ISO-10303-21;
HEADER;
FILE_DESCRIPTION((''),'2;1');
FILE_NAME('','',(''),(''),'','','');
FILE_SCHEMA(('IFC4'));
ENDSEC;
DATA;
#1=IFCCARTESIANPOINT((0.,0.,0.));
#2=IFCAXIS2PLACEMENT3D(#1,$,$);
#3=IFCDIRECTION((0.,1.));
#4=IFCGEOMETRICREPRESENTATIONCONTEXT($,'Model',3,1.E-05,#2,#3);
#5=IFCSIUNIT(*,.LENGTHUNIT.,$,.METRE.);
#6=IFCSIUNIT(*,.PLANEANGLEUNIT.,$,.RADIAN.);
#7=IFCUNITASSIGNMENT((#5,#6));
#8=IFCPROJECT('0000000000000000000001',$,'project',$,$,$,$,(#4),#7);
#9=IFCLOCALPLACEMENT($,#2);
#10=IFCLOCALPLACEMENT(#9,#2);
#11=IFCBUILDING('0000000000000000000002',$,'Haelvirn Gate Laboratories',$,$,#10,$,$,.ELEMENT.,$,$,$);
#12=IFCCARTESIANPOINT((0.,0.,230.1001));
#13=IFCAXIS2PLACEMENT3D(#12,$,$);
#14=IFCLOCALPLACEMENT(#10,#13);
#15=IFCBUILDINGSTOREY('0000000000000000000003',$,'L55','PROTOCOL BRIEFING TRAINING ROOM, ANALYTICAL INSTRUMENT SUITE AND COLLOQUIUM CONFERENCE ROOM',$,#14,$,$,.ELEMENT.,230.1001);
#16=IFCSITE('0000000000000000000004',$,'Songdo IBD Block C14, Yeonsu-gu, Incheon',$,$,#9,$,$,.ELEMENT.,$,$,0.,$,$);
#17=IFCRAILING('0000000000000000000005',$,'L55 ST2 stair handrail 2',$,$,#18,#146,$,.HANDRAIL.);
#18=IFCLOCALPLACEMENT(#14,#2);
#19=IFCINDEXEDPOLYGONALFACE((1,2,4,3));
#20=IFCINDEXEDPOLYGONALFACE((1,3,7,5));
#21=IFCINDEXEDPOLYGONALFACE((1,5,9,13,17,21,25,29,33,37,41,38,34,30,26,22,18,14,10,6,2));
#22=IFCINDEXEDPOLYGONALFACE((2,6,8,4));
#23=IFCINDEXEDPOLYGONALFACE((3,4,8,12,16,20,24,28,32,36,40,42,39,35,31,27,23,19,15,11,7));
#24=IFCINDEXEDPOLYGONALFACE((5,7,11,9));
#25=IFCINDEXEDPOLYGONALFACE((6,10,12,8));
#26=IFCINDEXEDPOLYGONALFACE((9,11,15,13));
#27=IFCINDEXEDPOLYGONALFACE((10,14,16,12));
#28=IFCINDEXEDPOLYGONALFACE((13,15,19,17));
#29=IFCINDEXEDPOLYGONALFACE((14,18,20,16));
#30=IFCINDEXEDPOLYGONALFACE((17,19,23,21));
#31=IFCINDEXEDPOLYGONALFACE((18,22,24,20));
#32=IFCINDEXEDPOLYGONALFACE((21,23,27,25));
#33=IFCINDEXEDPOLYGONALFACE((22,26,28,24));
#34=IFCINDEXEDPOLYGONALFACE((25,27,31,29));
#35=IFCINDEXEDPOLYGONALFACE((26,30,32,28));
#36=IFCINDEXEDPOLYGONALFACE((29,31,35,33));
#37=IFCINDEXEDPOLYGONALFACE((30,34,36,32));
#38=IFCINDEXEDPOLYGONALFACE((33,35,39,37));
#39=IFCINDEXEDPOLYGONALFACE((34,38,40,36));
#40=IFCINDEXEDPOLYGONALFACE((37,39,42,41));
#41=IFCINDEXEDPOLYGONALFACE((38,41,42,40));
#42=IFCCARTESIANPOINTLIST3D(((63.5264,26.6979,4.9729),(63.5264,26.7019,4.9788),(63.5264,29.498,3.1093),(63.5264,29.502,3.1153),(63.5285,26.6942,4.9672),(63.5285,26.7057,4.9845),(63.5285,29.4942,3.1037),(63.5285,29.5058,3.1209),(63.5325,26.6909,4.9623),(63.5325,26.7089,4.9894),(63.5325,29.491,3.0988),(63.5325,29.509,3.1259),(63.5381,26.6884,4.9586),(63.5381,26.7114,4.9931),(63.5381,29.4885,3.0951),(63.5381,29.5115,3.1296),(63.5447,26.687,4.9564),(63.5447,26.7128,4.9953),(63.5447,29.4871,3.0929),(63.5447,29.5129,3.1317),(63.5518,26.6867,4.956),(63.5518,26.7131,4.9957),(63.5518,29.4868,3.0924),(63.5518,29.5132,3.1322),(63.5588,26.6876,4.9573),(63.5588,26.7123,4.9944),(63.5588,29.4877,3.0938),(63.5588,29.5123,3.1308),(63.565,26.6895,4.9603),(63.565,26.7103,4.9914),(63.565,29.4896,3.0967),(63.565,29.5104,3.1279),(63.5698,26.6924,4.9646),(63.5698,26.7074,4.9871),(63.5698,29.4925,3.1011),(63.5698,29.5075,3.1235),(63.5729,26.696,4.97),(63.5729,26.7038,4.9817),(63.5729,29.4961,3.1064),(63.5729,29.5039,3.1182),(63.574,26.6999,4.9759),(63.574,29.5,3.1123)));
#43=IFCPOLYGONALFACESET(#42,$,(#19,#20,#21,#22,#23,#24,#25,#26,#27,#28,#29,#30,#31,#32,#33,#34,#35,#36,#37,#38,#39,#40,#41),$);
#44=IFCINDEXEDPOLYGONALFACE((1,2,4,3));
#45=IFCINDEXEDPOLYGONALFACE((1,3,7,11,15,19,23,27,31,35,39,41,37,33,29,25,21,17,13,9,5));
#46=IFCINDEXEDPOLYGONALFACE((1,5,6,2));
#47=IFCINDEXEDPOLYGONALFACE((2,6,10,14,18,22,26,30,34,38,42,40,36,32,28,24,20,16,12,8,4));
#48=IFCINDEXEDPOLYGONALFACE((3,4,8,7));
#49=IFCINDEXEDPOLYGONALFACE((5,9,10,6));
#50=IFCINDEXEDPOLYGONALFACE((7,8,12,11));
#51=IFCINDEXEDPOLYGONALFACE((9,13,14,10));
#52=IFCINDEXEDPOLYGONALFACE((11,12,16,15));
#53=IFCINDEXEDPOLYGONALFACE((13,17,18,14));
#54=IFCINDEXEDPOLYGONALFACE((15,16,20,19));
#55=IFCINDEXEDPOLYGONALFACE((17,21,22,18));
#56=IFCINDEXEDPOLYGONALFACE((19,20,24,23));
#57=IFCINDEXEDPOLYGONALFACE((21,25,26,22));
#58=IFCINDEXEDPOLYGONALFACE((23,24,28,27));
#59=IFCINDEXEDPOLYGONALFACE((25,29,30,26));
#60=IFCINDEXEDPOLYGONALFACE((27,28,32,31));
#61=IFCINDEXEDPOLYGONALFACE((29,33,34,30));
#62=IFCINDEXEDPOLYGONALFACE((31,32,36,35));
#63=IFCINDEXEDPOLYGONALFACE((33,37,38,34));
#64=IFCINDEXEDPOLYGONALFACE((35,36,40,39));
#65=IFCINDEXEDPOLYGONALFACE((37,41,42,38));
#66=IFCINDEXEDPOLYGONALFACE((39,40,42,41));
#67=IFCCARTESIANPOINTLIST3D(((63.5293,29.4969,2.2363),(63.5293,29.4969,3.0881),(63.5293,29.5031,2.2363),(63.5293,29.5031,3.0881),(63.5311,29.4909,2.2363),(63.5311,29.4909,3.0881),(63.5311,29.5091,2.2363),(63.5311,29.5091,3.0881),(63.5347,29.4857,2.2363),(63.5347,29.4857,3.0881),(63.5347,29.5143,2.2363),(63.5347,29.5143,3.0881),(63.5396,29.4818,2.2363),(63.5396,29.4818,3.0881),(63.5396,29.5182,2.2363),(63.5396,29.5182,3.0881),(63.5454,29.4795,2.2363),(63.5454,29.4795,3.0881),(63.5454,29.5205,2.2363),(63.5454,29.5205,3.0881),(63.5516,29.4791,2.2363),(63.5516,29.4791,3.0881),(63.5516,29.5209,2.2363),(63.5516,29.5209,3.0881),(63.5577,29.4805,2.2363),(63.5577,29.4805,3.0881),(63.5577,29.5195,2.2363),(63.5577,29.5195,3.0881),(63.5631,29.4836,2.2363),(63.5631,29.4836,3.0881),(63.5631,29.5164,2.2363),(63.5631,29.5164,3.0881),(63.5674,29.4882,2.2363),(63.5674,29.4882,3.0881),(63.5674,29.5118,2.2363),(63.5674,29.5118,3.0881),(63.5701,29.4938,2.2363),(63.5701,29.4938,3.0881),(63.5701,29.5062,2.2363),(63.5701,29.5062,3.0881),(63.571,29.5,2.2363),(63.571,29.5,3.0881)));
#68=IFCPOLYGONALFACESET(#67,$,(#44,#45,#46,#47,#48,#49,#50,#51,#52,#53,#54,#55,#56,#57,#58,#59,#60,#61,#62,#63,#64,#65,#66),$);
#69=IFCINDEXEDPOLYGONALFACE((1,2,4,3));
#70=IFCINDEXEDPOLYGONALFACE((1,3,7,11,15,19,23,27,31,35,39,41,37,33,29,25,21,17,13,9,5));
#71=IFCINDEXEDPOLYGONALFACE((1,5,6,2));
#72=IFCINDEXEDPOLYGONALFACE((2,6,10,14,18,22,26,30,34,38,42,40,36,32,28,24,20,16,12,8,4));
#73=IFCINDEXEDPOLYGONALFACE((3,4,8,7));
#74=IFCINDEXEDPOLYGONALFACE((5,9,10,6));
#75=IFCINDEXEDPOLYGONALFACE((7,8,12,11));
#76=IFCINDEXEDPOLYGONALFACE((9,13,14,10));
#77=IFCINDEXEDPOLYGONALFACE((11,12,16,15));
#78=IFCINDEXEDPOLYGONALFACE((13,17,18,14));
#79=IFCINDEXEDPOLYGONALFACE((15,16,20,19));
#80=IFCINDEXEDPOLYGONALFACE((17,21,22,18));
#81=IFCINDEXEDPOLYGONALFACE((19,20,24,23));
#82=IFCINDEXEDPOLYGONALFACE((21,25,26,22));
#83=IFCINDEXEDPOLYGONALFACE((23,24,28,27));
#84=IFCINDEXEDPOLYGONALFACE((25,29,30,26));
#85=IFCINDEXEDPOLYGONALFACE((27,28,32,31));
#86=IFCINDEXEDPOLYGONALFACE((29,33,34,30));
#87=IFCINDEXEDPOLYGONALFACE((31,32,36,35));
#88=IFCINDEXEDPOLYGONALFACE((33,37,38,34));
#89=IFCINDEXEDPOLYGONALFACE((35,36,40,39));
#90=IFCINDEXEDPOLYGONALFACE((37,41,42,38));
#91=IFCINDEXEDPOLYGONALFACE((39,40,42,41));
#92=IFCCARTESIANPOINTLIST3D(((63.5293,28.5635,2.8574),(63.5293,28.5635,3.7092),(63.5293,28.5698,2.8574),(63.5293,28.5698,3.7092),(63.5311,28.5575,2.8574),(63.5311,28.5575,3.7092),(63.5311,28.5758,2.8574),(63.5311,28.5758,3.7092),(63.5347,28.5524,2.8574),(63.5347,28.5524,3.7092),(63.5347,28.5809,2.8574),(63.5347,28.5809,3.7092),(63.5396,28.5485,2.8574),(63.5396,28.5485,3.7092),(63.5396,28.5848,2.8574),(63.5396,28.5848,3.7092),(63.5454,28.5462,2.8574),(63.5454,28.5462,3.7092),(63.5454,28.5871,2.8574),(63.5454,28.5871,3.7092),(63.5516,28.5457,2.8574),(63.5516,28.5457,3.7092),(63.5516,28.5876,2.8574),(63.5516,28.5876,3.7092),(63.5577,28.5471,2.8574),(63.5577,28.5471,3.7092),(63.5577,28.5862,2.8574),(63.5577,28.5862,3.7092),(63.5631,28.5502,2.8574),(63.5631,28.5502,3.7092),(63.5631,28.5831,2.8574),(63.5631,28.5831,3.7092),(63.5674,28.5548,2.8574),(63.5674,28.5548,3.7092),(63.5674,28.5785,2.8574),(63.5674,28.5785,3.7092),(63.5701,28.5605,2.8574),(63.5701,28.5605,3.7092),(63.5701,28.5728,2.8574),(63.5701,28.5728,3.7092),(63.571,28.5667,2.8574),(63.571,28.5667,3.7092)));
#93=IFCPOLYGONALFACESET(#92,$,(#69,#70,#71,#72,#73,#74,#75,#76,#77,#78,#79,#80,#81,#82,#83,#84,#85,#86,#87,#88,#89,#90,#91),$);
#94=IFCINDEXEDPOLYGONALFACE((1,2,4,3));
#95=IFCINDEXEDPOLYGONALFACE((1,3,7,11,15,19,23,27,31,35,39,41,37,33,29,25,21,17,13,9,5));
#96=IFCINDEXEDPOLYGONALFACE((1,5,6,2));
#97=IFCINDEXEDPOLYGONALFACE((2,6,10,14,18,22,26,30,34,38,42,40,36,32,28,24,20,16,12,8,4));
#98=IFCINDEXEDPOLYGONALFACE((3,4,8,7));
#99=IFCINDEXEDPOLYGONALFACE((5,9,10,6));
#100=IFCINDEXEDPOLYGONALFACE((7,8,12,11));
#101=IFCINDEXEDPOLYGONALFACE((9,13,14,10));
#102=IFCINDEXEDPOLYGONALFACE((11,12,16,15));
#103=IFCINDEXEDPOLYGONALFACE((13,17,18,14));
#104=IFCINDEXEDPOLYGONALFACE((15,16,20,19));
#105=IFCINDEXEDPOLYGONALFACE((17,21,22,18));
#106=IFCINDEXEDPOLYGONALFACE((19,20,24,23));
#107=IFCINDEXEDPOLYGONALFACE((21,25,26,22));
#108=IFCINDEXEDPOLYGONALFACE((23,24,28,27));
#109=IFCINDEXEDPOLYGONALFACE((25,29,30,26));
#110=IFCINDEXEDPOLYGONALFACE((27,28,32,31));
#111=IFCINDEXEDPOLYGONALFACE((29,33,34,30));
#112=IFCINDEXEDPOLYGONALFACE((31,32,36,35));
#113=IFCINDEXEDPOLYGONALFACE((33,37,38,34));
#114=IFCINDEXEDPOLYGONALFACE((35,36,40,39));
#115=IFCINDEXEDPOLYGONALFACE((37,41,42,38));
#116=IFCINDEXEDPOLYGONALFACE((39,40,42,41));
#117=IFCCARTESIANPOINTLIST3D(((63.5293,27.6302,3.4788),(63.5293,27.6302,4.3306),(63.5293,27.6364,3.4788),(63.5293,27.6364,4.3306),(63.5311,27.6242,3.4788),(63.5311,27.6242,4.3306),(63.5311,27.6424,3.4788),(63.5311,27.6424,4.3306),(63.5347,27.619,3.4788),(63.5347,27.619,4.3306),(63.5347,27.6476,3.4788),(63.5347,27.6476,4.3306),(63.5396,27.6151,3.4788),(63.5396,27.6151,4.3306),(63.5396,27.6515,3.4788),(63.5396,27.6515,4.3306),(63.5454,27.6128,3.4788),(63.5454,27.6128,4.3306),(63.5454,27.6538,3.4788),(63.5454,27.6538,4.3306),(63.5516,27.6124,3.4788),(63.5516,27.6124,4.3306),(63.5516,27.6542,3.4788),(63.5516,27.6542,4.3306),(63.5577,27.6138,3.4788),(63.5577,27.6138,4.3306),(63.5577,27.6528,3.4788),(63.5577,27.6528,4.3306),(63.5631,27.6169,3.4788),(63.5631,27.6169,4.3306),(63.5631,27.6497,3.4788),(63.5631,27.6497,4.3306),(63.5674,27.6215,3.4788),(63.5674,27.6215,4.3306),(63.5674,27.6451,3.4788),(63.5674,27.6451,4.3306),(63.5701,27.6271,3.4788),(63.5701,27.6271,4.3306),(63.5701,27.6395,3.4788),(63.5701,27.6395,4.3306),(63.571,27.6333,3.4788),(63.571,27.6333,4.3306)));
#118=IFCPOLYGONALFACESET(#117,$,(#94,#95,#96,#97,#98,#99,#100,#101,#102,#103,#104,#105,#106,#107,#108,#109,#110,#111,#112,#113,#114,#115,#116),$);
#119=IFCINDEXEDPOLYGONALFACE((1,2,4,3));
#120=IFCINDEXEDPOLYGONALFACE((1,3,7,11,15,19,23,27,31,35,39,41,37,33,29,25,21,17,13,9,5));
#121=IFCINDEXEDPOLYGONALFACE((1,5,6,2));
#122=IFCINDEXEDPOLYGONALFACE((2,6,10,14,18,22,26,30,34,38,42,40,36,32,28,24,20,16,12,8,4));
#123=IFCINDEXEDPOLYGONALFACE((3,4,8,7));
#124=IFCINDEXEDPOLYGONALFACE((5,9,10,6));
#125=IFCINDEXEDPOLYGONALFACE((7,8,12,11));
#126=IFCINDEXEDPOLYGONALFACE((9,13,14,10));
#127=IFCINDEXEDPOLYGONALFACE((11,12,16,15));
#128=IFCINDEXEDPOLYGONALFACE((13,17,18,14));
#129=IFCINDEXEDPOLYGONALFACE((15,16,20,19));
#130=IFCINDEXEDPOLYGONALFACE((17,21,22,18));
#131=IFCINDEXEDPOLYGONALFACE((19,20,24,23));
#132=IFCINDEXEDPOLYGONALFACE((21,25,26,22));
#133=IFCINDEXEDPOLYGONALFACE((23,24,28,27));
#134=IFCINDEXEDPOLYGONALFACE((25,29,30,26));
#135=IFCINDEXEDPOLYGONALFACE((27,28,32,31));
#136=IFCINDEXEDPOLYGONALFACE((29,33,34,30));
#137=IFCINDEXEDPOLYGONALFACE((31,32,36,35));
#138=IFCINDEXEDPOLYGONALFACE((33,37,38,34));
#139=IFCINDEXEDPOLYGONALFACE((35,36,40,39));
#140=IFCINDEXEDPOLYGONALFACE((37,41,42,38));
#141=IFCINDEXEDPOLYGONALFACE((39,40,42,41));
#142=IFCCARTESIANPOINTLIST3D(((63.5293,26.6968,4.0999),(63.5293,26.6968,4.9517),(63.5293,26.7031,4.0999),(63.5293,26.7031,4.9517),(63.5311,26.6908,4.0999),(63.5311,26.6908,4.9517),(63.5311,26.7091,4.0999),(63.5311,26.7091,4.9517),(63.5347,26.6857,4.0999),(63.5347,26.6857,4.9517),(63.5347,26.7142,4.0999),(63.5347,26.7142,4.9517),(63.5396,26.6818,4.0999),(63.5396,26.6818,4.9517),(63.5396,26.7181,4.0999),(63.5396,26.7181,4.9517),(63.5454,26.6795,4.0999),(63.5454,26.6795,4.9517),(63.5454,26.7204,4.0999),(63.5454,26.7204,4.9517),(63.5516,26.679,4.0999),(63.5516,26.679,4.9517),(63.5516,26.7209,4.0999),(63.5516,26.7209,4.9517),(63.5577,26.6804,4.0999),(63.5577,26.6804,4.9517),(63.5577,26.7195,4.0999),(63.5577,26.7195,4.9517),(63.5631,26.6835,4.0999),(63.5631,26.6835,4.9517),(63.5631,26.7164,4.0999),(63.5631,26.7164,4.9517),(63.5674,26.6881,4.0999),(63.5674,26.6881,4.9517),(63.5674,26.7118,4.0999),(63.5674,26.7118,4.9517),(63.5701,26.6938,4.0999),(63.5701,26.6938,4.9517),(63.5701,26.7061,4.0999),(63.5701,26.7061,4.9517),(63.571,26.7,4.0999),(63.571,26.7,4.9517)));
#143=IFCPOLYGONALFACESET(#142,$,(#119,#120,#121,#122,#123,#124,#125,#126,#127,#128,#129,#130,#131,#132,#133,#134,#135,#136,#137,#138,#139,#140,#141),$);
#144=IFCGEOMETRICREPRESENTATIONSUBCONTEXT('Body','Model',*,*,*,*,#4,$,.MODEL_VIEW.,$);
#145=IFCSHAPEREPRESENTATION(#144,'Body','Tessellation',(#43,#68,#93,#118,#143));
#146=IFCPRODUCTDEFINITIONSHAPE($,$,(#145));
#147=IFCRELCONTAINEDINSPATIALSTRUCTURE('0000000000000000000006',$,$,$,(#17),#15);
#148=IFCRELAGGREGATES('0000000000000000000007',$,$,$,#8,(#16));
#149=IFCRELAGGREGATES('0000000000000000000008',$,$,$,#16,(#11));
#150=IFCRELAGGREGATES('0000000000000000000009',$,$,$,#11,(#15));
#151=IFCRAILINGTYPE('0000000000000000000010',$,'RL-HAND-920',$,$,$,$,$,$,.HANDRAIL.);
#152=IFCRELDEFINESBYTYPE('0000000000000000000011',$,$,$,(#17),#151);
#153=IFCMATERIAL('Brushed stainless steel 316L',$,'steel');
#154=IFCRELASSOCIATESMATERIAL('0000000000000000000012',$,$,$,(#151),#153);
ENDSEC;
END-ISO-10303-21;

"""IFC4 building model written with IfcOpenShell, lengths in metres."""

from ifc_helpers import new_model, si_unit, direction, frame, origin, origin_2d, place, context, subcontext, project, spatial, circle, extrude, source, transform, mapped, material, type_object, element, save


model = new_model("IFC4")

# Units and contexts
model_context = context("Model", 3, precision=1e-05, world=origin(), true_north=direction((0.0, 1.0)))
body_context = subcontext(model_context, "Body", "Model", "MODEL_VIEW")
ifc_project = project(units=[si_unit("LENGTHUNIT", "METRE"), si_unit("PLANEANGLEUNIT", "RADIAN")], contexts=[model_context])

# Site, building, storey
site_placement = place(None, origin())
site = spatial("IfcSite", under=ifc_project, at=site_placement, Name="Songdo IBD Block C14, Yeonsu-gu, Incheon", CompositionType="ELEMENT", RefElevation=0.0)
building_placement = place(site_placement, origin())
building = spatial("IfcBuilding", under=site, at=building_placement, Name="Haelvirn Gate Laboratories", CompositionType="ELEMENT")
storey_placement = place(building_placement, frame((0.0, 0.0, 230.1001)))
storey = spatial("IfcBuildingStorey", under=building, at=storey_placement, Name="L55", Description="PROTOCOL BRIEFING TRAINING ROOM, ANALYTICAL INSTRUMENT SUITE AND COLLOQUIUM CONFERENCE ROOM", CompositionType="ELEMENT", Elevation=230.1001)

# Railing
ifc_material_1 = material(Name="Brushed stainless steel 316L", Category="steel")
railing_type_1 = type_object("IfcRailingType", Name="RL-HAND-920", PredefinedType="HANDRAIL", material=ifc_material_1)
shared_shape_1 = source(origin(), body_context, "Body", "SweptSolid", [
    extrude(circle(Radius=0.0239, at=origin_2d()), frame((0.0, 0.0, 0.876), z_axis=(0.0, -0.832486, 0.554047), x_axis=(1.0, 0.0, 0.0)), (0.0, 0.0, 1.0), 3.3635),
    extrude(circle(Radius=0.021, at=origin_2d()), origin(), (0.0, 0.0, 1.0), 0.8518),
    extrude(circle(Radius=0.021, at=origin_2d()), frame((0.0, -0.9333, 0.6211)), (0.0, 0.0, 1.0), 0.8518),
    extrude(circle(Radius=0.021, at=origin_2d()), frame((0.0, -1.8667, 1.2424)), (0.0, 0.0, 1.0), 0.8518),
    extrude(circle(Radius=0.021, at=origin_2d()), frame((0.0, -2.8, 1.8635)), (0.0, 0.0, 1.0), 0.8518),
])
railing_1_placement = place(storey_placement, frame((63.55, 29.5, 2.2363)))
element("IfcRailing", 1, at=railing_1_placement, inside=storey, type_object=railing_type_1, Name="L55 ST2 stair handrail 2", PredefinedType="HANDRAIL", context=body_context, shape_type="MappedRepresentation", body=[
    mapped(shared_shape_1, transform((0.0, 0.0, 0.0), scale=1.0)),
])

save(model, "model.ifc")
